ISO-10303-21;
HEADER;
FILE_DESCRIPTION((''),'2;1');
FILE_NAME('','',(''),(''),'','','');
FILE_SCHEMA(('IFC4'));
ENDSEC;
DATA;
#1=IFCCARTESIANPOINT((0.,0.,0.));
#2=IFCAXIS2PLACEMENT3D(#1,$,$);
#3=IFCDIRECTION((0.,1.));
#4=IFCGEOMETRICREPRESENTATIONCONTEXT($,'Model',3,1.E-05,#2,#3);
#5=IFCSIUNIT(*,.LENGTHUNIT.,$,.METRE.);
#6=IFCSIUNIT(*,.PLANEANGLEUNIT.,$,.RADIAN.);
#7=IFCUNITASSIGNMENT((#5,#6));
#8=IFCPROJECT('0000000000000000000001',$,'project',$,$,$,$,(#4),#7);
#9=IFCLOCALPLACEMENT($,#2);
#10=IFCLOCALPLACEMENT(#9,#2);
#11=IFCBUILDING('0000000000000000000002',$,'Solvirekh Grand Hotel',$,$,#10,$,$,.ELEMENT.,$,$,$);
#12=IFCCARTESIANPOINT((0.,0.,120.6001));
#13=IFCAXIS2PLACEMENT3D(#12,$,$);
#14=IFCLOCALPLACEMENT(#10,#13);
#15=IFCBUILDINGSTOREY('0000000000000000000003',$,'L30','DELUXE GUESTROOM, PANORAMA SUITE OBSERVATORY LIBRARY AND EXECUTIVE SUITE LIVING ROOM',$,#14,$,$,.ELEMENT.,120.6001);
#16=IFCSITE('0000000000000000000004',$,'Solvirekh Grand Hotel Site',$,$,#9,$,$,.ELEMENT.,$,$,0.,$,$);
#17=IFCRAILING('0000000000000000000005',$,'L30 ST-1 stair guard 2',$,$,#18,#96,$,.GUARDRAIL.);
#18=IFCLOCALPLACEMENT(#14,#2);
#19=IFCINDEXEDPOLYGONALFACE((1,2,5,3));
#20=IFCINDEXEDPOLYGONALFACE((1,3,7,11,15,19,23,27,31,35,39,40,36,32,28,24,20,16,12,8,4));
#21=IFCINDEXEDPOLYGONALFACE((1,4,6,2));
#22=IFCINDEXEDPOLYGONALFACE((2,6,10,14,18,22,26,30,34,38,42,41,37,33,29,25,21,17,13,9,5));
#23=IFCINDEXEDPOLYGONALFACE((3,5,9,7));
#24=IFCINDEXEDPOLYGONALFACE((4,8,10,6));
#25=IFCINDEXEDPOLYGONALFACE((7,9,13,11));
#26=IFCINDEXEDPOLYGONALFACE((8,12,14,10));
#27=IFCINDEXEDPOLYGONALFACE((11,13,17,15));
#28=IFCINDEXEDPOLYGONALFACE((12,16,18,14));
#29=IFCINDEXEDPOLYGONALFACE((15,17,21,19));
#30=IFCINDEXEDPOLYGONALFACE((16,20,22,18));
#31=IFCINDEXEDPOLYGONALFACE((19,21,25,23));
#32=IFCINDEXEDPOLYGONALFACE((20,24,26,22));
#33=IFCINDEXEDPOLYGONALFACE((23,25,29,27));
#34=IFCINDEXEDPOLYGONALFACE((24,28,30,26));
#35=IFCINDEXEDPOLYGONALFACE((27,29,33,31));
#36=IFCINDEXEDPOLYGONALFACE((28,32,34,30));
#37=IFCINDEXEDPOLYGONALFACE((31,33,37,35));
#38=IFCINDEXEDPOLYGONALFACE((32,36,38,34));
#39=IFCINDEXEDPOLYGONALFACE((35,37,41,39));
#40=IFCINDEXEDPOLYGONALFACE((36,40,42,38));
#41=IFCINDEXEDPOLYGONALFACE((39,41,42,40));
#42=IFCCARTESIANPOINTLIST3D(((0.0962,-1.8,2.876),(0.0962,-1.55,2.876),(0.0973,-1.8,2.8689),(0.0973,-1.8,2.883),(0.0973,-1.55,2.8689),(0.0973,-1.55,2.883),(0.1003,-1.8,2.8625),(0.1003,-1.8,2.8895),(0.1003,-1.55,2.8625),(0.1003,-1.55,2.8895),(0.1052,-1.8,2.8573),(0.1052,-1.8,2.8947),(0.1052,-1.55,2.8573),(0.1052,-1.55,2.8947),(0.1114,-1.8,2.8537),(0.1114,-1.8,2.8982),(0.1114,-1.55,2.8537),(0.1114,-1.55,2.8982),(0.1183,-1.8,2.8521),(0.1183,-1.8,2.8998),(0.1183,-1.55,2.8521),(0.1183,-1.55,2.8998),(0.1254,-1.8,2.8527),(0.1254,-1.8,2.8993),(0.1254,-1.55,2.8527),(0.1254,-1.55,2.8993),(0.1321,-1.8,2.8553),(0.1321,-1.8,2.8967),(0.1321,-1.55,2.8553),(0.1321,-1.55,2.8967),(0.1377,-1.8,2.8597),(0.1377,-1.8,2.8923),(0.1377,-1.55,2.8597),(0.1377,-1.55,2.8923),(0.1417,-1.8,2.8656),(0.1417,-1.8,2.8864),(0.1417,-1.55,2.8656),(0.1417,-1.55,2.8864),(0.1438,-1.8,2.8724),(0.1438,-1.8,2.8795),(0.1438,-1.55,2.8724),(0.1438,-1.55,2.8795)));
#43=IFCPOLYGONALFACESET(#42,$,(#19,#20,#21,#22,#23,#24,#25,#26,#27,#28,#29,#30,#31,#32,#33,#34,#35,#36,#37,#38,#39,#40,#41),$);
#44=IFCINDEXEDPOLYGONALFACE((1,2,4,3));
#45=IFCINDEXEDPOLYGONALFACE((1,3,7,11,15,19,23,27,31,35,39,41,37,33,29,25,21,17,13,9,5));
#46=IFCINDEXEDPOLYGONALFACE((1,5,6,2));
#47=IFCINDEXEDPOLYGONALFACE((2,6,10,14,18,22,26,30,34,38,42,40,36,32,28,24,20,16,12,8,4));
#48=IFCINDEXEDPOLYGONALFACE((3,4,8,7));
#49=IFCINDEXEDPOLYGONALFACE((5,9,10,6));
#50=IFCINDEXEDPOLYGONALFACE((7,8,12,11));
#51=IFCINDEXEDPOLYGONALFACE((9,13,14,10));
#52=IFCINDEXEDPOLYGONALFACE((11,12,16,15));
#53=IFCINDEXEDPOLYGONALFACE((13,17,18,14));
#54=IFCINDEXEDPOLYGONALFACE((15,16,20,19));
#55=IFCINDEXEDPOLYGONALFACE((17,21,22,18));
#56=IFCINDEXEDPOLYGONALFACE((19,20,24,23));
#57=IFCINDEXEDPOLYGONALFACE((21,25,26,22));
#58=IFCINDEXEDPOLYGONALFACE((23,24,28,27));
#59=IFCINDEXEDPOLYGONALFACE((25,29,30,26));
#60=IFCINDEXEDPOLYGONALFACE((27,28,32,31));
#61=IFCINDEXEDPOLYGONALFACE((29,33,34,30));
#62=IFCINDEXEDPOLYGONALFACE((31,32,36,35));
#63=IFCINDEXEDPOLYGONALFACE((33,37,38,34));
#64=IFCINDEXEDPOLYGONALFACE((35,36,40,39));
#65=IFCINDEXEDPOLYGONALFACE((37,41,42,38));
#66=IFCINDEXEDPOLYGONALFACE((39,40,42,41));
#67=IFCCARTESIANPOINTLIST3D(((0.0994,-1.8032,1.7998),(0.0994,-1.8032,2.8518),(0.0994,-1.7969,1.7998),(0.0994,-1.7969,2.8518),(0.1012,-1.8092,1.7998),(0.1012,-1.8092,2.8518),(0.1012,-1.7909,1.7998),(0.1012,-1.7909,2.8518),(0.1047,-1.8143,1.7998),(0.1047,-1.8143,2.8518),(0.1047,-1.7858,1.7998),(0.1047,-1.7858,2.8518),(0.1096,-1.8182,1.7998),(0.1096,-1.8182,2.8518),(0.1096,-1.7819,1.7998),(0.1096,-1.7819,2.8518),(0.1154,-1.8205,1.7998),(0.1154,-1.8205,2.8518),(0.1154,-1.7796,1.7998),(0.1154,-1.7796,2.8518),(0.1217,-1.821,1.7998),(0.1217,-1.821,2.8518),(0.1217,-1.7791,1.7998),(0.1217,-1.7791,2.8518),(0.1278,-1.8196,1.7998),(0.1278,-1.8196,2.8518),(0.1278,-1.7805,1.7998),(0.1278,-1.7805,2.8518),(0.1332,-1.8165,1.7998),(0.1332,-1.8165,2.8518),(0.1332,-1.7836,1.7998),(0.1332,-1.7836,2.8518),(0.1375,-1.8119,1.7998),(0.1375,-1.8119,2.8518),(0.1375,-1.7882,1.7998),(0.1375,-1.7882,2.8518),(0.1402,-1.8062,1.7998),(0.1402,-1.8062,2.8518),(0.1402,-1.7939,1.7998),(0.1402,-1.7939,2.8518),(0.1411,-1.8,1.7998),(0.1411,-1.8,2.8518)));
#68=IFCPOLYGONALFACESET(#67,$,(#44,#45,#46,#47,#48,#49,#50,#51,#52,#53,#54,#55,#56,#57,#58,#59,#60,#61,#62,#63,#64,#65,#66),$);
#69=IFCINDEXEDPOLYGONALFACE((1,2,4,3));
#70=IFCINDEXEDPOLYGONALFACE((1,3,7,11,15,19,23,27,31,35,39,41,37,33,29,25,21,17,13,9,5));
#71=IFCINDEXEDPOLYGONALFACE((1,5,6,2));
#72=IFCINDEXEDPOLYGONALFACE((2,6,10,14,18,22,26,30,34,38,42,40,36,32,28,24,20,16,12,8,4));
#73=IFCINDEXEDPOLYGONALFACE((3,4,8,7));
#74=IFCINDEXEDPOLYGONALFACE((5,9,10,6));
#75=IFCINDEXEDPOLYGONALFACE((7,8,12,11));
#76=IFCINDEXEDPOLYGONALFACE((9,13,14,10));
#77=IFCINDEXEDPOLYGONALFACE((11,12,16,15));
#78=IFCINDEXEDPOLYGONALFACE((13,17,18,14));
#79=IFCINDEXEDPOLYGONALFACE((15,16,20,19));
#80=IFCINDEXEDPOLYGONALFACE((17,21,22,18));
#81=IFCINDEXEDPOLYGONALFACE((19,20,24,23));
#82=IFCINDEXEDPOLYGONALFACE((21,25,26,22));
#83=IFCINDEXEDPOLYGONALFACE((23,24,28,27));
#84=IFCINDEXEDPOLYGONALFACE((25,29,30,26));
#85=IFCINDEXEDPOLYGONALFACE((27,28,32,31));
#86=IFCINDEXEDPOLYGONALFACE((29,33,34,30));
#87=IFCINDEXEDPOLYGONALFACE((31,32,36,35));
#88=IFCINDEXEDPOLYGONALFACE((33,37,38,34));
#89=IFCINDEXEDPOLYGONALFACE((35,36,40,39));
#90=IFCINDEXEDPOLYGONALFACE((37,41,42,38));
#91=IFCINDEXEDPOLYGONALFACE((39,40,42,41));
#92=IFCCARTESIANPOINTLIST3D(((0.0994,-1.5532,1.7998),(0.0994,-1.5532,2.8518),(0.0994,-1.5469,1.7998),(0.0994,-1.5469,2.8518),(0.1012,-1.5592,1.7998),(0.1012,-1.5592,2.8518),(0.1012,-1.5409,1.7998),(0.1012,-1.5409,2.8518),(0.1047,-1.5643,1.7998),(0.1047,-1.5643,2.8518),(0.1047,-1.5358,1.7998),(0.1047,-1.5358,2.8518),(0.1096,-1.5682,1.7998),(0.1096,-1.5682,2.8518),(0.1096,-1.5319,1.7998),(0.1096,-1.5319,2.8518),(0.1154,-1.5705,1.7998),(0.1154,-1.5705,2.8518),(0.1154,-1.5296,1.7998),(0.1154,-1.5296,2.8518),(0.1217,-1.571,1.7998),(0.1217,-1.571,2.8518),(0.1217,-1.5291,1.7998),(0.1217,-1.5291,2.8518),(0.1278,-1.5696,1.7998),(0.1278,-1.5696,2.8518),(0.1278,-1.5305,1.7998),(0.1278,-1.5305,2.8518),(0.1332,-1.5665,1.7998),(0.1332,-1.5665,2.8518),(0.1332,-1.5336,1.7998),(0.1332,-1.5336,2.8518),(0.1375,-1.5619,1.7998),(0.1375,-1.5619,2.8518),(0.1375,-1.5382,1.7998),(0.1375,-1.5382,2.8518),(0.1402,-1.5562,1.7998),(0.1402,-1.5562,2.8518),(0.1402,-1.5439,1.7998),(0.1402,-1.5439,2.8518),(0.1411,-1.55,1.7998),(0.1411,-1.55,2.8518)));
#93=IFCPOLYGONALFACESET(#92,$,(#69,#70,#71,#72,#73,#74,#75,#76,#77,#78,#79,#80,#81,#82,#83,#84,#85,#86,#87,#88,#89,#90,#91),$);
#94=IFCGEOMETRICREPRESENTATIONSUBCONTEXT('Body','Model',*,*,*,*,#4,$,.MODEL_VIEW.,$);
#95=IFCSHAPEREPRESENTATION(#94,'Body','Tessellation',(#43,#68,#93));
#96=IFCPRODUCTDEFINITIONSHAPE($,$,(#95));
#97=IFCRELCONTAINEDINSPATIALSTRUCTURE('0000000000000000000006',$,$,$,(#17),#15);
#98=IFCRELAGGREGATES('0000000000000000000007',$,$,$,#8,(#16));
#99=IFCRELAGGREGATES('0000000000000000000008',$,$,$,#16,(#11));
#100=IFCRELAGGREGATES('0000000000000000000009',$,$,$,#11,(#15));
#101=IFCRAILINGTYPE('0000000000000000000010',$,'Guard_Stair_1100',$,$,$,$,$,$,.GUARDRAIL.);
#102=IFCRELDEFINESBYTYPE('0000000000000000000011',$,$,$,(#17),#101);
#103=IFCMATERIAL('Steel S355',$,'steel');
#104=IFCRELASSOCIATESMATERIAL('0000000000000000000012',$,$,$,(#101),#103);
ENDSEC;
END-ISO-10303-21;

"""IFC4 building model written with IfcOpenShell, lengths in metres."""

from ifc_helpers import new_model, si_unit, direction, frame, origin, origin_2d, place, context, subcontext, project, spatial, circle, extrude, material, type_object, element, save


model = new_model("IFC4")

# Units and contexts
model_context = context("Model", 3, precision=1e-05, world=origin(), true_north=direction((0.0, 1.0)))
body_context = subcontext(model_context, "Body", "Model", "MODEL_VIEW")
ifc_project = project(units=[si_unit("LENGTHUNIT", "METRE"), si_unit("PLANEANGLEUNIT", "RADIAN")], contexts=[model_context])

# Site, building, storey
site_placement = place(None, origin())
site = spatial("IfcSite", under=ifc_project, at=site_placement, Name="Solvirekh Grand Hotel Site", CompositionType="ELEMENT", RefElevation=0.0)
building_placement = place(site_placement, origin())
building = spatial("IfcBuilding", under=site, at=building_placement, Name="Solvirekh Grand Hotel", CompositionType="ELEMENT")
storey_placement = place(building_placement, frame((0.0, 0.0, 120.6001)))
storey = spatial("IfcBuildingStorey", under=building, at=storey_placement, Name="L30", Description="DELUXE GUESTROOM, PANORAMA SUITE OBSERVATORY LIBRARY AND EXECUTIVE SUITE LIVING ROOM", CompositionType="ELEMENT", Elevation=120.6001)

# Shared definitions
ifc_material_1 = material(Name="Steel S355", Category="steel")

# Railing
railing_type_1 = type_object("IfcRailingType", Name="Guard_Stair_1100", PredefinedType="GUARDRAIL", material=ifc_material_1)
railing_1_placement = place(storey_placement, frame((0.1201, -1.8, 1.7998)))
element("IfcRailing", 1, at=railing_1_placement, inside=storey, type_object=railing_type_1, Name="L30 ST-1 stair guard 2", PredefinedType="GUARDRAIL", context=body_context, shape_type="SweptSolid", body=[
    extrude(circle(Radius=0.0239, at=origin_2d()), frame((0.0, 0.0, 1.0762), z_axis=(0.0, 1.0, 0.0), x_axis=(-1.0, 0.0, 0.0)), (0.0, 0.0, 1.0), 0.25),
    extrude(circle(Radius=0.021, at=origin_2d()), origin(), (0.0, 0.0, 1.0), 1.052),
    extrude(circle(Radius=0.021, at=origin_2d()), frame((0.0, 0.25, 0.0)), (0.0, 0.0, 1.0), 1.052),
])

save(model, "model.ifc")
